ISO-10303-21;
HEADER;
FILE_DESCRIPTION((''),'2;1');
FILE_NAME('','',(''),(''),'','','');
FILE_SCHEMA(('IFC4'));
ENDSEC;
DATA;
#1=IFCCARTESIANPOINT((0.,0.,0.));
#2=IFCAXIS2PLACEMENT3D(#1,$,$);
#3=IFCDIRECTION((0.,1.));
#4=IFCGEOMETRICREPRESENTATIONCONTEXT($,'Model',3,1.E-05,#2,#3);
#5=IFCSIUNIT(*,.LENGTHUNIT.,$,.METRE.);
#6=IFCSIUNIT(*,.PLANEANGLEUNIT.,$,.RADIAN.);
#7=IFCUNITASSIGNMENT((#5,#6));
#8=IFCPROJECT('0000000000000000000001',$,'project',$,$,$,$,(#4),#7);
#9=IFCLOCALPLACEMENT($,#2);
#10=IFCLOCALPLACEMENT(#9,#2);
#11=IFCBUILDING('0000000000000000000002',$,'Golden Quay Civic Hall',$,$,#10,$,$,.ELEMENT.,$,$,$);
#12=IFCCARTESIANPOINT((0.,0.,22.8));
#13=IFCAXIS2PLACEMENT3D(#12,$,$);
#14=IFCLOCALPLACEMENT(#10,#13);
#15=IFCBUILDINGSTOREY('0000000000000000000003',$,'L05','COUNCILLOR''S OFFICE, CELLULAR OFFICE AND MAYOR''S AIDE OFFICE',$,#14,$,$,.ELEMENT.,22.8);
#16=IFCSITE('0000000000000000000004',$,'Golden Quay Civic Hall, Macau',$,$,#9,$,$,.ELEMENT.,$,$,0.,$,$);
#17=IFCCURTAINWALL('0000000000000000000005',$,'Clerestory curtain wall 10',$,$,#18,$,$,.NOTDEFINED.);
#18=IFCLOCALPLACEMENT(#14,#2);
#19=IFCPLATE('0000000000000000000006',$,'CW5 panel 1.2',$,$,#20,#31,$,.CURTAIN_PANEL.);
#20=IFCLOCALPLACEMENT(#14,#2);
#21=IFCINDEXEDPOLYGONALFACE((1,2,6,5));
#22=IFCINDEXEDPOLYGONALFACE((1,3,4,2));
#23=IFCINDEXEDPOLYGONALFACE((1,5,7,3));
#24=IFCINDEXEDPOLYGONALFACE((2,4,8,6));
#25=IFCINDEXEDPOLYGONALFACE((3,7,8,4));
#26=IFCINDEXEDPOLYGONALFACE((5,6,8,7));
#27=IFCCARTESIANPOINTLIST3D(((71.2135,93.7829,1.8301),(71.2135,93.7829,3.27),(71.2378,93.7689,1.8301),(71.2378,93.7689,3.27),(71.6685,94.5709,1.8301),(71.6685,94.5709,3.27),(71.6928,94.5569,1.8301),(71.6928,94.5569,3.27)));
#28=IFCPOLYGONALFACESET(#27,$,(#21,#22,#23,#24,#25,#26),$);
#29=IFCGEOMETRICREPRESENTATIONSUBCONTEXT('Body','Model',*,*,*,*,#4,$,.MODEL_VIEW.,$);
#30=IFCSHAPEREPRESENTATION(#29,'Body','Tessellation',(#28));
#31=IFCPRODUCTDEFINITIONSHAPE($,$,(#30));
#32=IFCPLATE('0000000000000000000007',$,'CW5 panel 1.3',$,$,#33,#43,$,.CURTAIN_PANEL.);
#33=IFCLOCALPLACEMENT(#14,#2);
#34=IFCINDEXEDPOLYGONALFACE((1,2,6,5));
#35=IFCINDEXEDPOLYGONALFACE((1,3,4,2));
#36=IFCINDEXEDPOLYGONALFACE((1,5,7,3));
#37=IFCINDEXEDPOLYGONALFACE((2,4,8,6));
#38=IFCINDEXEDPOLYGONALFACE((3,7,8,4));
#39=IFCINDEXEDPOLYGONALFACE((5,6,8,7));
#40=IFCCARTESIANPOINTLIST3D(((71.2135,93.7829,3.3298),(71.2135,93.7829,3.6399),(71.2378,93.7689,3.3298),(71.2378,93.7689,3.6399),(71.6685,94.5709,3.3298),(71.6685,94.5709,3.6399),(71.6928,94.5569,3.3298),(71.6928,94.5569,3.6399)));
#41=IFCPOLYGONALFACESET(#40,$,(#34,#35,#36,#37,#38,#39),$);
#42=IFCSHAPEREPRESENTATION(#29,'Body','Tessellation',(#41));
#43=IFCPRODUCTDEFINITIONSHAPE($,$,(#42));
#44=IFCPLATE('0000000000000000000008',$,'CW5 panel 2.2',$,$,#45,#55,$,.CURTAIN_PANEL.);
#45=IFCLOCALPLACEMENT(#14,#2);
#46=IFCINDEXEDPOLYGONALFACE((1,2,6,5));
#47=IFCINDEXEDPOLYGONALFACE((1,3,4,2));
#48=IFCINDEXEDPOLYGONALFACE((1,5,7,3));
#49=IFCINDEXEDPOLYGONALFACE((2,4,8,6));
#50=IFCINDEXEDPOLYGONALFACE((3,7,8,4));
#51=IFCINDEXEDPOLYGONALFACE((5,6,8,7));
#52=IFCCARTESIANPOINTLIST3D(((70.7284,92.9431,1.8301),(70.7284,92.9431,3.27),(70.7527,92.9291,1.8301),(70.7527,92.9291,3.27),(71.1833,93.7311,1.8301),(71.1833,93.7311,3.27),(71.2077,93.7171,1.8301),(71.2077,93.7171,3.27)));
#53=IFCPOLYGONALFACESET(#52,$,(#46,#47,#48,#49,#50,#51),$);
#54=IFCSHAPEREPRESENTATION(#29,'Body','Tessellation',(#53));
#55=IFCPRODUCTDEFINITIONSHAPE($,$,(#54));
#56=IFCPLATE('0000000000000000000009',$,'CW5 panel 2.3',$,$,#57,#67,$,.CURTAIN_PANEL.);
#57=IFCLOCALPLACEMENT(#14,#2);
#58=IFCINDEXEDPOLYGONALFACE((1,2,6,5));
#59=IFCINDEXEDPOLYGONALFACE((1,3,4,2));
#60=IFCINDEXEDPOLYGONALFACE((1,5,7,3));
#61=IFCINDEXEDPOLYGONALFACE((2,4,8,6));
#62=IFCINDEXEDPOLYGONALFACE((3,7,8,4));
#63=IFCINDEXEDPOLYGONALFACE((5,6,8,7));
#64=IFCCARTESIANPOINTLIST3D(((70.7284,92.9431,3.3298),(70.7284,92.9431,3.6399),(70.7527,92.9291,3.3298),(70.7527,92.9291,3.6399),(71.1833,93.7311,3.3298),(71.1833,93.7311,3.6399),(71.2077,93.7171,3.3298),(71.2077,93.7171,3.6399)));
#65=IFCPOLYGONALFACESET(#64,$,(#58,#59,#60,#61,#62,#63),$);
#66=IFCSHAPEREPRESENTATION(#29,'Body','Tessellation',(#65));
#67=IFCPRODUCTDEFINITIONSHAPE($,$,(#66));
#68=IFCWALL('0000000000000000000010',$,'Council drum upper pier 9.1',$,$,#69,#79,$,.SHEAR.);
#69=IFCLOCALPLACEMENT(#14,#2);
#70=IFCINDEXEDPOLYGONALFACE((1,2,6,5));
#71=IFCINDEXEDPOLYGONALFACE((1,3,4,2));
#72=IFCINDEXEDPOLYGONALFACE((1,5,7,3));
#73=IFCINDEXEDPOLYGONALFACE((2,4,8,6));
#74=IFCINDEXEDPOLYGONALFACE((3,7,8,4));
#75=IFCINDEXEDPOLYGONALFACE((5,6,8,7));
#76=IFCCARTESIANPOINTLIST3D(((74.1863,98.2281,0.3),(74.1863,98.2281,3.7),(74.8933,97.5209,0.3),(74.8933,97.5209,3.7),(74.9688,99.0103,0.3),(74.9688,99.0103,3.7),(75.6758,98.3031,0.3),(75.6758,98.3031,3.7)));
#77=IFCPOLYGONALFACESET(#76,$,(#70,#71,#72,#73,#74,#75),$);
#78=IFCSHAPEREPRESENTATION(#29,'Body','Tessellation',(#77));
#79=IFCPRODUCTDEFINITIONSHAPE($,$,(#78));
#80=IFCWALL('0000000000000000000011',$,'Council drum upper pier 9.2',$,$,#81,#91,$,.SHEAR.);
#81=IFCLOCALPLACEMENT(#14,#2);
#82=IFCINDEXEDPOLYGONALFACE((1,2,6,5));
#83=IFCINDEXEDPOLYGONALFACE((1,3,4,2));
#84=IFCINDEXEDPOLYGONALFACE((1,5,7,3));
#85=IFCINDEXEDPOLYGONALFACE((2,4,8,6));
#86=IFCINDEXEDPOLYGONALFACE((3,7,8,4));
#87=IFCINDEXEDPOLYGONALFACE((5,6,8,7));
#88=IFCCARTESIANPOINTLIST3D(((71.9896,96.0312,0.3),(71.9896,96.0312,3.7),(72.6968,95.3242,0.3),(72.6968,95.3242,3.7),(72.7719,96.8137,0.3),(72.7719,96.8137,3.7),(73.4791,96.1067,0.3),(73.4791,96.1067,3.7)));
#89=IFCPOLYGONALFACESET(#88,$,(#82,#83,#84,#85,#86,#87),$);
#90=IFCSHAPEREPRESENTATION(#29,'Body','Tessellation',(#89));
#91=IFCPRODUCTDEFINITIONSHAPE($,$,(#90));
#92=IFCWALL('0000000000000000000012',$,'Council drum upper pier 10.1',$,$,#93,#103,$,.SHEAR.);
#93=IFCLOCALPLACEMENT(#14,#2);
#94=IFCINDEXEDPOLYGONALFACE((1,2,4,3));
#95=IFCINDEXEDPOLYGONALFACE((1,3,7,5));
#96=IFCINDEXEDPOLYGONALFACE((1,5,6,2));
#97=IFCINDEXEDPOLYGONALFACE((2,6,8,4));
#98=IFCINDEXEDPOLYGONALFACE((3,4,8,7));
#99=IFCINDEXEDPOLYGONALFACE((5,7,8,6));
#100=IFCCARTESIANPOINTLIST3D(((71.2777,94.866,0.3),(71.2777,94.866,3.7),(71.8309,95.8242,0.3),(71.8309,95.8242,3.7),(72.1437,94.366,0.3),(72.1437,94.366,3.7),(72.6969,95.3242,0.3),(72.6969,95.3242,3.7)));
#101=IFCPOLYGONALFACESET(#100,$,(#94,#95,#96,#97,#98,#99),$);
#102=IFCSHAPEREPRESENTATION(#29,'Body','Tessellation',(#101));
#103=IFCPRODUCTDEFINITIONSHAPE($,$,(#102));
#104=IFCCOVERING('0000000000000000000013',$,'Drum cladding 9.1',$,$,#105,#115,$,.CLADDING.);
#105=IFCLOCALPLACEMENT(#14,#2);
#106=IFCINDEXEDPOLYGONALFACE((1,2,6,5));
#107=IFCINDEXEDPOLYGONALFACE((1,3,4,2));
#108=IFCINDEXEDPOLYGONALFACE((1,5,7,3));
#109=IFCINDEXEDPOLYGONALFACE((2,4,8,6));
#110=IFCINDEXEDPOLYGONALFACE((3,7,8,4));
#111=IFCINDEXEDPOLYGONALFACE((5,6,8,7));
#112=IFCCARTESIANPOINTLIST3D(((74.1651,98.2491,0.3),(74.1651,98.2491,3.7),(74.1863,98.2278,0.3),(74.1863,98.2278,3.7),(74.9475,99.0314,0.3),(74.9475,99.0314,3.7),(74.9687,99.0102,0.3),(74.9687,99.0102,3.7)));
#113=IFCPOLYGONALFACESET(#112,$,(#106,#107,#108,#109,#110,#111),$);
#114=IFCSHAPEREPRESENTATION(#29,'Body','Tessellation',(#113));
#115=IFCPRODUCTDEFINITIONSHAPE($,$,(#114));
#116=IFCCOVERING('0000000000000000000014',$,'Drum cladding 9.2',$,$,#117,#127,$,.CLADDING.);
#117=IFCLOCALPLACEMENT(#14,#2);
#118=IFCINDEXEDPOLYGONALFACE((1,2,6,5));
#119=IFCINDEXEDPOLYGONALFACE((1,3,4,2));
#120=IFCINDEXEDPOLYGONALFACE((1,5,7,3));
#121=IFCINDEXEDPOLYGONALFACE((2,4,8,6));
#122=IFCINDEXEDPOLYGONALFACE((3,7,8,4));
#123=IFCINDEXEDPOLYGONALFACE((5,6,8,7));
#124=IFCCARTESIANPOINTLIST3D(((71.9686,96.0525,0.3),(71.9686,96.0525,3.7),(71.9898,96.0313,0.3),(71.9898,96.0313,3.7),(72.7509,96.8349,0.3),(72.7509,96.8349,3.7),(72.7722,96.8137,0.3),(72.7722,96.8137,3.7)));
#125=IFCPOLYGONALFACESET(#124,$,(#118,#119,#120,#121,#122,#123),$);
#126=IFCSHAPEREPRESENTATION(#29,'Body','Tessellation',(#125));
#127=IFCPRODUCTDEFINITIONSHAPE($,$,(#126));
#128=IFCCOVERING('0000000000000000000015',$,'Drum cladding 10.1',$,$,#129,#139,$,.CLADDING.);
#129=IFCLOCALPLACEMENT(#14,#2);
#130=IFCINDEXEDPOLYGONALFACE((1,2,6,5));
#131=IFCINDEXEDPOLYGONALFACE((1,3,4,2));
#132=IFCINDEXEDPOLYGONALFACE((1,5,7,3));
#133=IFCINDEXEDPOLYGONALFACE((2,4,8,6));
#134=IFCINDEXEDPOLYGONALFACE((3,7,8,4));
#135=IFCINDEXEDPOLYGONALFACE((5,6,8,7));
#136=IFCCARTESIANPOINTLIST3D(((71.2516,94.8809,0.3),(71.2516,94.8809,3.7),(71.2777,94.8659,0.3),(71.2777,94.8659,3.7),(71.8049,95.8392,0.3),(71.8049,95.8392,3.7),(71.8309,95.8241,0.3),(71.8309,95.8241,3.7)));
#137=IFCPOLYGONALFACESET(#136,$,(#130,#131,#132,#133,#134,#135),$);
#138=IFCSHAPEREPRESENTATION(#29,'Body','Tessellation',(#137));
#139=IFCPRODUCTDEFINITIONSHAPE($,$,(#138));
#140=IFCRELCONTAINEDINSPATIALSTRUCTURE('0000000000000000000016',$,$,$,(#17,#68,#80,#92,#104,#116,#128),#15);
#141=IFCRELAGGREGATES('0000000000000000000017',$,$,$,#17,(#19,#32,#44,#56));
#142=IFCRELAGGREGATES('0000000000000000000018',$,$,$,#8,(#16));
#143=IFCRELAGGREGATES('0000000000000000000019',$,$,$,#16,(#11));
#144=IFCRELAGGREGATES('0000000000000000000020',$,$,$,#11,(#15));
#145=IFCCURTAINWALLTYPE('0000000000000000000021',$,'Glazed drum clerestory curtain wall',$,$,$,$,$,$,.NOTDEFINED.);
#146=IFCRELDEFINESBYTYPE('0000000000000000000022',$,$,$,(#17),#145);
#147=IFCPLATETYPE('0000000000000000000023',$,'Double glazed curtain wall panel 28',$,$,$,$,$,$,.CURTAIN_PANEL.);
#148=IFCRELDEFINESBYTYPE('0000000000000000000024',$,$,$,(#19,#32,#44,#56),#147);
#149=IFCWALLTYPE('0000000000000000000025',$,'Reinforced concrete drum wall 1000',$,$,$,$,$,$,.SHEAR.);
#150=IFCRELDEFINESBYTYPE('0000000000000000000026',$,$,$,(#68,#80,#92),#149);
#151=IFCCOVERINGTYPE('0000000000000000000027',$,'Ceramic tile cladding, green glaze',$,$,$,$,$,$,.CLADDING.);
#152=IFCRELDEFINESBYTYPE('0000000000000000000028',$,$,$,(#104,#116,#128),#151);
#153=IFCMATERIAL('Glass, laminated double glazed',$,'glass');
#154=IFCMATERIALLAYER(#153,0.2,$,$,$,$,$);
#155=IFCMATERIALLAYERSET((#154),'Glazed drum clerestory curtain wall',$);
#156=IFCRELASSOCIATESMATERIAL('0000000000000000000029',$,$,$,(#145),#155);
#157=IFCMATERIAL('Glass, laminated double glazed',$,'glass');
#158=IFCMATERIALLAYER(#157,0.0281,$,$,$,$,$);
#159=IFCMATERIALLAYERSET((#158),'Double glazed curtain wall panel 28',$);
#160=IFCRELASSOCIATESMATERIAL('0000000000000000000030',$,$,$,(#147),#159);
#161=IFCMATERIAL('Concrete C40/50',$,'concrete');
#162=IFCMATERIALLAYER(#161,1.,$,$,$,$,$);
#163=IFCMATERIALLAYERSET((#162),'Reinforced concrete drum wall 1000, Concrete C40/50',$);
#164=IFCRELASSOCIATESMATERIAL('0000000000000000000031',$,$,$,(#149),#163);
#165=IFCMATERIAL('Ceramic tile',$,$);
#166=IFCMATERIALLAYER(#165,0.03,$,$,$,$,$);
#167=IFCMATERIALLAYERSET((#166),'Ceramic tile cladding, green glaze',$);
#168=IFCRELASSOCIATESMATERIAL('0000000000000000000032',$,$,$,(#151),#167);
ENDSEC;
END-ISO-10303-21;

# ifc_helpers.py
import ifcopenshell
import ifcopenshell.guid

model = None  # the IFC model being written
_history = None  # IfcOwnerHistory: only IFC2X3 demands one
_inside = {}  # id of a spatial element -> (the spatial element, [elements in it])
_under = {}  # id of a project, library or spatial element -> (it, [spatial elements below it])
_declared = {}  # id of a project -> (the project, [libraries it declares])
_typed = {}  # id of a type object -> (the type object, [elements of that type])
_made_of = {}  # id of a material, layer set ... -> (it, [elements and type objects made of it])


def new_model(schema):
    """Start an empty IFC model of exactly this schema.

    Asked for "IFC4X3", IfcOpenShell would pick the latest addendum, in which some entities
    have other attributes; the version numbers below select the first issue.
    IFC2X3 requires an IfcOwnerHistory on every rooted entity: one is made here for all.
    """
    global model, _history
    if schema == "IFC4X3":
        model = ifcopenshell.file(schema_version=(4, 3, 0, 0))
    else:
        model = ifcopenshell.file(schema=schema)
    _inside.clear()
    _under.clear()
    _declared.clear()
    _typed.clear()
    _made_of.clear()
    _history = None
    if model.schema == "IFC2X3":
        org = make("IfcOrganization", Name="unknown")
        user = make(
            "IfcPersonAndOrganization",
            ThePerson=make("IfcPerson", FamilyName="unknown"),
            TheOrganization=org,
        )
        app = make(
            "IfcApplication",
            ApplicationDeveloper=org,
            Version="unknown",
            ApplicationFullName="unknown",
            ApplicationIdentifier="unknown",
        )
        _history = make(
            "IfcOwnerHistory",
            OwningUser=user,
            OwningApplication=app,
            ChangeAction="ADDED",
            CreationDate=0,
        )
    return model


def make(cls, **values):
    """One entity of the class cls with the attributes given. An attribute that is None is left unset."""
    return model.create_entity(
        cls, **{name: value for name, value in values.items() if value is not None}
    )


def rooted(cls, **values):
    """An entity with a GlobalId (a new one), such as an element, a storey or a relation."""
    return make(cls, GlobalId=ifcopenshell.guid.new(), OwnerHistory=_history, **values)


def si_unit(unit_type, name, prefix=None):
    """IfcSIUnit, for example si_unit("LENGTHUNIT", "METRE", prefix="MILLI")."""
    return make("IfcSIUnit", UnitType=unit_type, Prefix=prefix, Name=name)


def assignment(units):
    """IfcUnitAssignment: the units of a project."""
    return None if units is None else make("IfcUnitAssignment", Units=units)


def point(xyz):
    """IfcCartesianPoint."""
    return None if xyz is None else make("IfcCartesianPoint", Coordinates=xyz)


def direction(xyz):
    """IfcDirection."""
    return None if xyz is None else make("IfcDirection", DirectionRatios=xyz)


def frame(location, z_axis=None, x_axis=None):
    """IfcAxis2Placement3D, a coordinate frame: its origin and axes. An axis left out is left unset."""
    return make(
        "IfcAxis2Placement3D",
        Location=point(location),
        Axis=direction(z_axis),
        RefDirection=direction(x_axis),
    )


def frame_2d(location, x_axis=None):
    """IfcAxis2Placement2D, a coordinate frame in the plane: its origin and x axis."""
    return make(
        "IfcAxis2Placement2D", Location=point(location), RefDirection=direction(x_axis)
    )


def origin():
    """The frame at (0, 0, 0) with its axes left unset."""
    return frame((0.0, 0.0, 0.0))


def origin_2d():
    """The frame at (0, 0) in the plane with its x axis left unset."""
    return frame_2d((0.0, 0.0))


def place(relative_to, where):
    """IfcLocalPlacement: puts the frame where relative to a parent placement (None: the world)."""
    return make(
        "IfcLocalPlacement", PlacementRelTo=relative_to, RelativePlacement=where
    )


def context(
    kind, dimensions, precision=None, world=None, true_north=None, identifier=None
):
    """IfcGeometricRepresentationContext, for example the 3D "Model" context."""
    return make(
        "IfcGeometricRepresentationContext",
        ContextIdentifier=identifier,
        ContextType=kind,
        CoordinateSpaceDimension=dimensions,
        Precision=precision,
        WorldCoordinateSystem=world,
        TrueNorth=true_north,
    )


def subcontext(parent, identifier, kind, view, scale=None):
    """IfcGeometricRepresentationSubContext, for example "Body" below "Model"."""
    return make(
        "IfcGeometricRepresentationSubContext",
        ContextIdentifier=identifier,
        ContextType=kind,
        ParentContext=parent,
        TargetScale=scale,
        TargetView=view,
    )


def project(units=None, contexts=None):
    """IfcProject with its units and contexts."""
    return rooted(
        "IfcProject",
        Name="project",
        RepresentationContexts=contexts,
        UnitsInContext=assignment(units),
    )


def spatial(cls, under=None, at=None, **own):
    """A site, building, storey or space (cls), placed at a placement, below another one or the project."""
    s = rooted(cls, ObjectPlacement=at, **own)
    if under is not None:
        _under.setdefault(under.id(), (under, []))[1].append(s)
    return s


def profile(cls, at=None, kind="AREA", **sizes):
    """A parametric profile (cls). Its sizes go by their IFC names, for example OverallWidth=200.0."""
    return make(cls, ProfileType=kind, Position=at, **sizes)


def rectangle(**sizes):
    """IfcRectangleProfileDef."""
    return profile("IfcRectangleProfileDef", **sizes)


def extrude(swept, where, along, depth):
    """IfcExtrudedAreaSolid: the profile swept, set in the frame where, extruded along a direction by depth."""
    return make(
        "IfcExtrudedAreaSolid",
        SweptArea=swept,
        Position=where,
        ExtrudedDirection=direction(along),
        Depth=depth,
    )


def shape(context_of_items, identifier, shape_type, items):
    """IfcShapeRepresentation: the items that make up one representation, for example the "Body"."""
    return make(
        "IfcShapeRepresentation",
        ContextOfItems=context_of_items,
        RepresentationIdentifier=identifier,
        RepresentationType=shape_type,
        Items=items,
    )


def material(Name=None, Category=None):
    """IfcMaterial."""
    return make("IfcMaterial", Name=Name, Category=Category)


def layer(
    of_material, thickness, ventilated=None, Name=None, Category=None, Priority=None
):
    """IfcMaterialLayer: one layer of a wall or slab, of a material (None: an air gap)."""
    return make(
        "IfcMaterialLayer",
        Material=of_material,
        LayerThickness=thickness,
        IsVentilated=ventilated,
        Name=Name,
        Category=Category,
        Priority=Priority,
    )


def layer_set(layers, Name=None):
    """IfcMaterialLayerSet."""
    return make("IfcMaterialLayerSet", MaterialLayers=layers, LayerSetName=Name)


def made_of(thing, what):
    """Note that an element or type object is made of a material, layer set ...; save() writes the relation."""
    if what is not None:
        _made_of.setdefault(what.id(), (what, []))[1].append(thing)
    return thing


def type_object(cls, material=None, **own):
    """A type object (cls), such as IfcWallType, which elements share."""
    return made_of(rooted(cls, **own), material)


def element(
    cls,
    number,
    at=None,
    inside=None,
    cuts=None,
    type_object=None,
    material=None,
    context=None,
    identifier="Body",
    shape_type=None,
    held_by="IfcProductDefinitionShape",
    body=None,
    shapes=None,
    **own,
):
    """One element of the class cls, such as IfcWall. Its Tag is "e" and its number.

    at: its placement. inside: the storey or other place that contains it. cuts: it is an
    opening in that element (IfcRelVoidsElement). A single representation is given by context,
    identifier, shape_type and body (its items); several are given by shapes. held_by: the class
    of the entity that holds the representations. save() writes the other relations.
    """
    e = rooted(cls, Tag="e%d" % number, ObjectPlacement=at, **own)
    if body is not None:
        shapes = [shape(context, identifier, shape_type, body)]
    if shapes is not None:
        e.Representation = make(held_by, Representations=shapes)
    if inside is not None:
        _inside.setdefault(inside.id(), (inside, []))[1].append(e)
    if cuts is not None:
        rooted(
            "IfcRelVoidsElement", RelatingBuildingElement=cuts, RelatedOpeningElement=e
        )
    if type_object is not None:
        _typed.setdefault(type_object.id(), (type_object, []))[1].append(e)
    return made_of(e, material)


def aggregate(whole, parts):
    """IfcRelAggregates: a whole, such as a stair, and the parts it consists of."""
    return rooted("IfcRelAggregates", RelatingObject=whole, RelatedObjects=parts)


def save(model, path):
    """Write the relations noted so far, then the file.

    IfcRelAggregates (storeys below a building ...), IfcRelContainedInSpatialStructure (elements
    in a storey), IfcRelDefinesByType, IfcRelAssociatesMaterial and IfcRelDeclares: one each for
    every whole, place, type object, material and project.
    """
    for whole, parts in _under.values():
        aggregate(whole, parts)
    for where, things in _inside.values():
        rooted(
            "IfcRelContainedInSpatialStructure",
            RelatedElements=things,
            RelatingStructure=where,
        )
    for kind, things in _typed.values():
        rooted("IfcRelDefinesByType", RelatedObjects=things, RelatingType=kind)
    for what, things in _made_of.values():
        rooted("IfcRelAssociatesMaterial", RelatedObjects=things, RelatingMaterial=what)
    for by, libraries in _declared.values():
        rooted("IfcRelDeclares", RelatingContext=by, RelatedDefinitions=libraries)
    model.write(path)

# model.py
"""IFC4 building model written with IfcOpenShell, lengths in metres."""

from ifc_helpers import new_model, si_unit, direction, frame, frame_2d, origin, origin_2d, place, context, subcontext, project, spatial, rectangle, extrude, material, layer, layer_set, type_object, element, aggregate, save


model = new_model("IFC4")

# Units and contexts
model_context = context("Model", 3, precision=1e-05, world=origin(), true_north=direction((0.0, 1.0)))
body_context = subcontext(model_context, "Body", "Model", "MODEL_VIEW")
ifc_project = project(units=[si_unit("LENGTHUNIT", "METRE"), si_unit("PLANEANGLEUNIT", "RADIAN")], contexts=[model_context])

# Site, building, storey
site_placement = place(None, origin())
site = spatial("IfcSite", under=ifc_project, at=site_placement, Name="Golden Quay Civic Hall, Macau", CompositionType="ELEMENT", RefElevation=0.0)
building_placement = place(site_placement, origin())
building = spatial("IfcBuilding", under=site, at=building_placement, Name="Golden Quay Civic Hall", CompositionType="ELEMENT")
storey_placement = place(building_placement, frame((0.0, 0.0, 22.8)))
storey = spatial("IfcBuildingStorey", under=building, at=storey_placement, Name="L05", Description="COUNCILLOR'S OFFICE, CELLULAR OFFICE AND MAYOR'S AIDE OFFICE", CompositionType="ELEMENT", Elevation=22.8)

# Curtain wall
ifc_material_1 = material(Name="Glass, laminated double glazed", Category="glass")
ifc_layer_1 = layer(ifc_material_1, 0.2)
ifc_layer_set_1 = layer_set([ifc_layer_1], Name="Glazed drum clerestory curtain wall")
curtain_wall_type = type_object("IfcCurtainWallType", Name="Glazed drum clerestory curtain wall", PredefinedType="NOTDEFINED", material=ifc_layer_set_1)
curtain_wall_1_placement = place(storey_placement, origin())
curtain_wall_1 = element("IfcCurtainWall", 1, at=curtain_wall_1_placement, inside=storey, type_object=curtain_wall_type, Name="Clerestory curtain wall 10", PredefinedType="NOTDEFINED")

# Plates
ifc_material_2 = material(Name="Glass, laminated double glazed", Category="glass")
ifc_layer_2 = layer(ifc_material_2, 0.0281)
ifc_layer_set_2 = layer_set([ifc_layer_2], Name="Double glazed curtain wall panel 28")
plate_type = type_object("IfcPlateType", Name="Double glazed curtain wall panel 28", PredefinedType="CURTAIN_PANEL", material=ifc_layer_set_2)
plate_1_placement = place(storey_placement, frame((71.4531, 94.1699, 1.8301), z_axis=(0.0, 0.0, 1.0), x_axis=(-0.500011, -0.866019, 0.0)))
plate_1 = element("IfcPlate", 2, at=plate_1_placement, type_object=plate_type, Name="CW5 panel 1.2", PredefinedType="CURTAIN_PANEL", context=body_context, shape_type="SweptSolid", body=[
    extrude(rectangle(XDim=0.9099, YDim=0.0281, at=origin_2d()), origin(), (0.0, 0.0, 1.0), 1.4399),
])
plate_2_placement = place(storey_placement, frame((71.4531, 94.1699, 3.3298), z_axis=(0.0, 0.0, 1.0), x_axis=(-0.500011, -0.866019, 0.0)))
plate_2 = element("IfcPlate", 3, at=plate_2_placement, type_object=plate_type, Name="CW5 panel 1.3", PredefinedType="CURTAIN_PANEL", context=body_context, shape_type="SweptSolid", body=[
    extrude(rectangle(XDim=0.9099, YDim=0.0281, at=origin_2d()), origin(), (0.0, 0.0, 1.0), 0.3101),
])
plate_3_placement = place(storey_placement, frame((70.968, 93.3301, 1.8301), z_axis=(0.0, 0.0, 1.0), x_axis=(-0.500011, -0.866019, 0.0)))
plate_3 = element("IfcPlate", 4, at=plate_3_placement, type_object=plate_type, Name="CW5 panel 2.2", PredefinedType="CURTAIN_PANEL", context=body_context, shape_type="SweptSolid", body=[
    extrude(rectangle(XDim=0.9099, YDim=0.0281, at=origin_2d()), origin(), (0.0, 0.0, 1.0), 1.4399),
])
plate_4_placement = place(storey_placement, frame((70.968, 93.3301, 3.3298), z_axis=(0.0, 0.0, 1.0), x_axis=(-0.500011, -0.866019, 0.0)))
plate_4 = element("IfcPlate", 5, at=plate_4_placement, type_object=plate_type, Name="CW5 panel 2.3", PredefinedType="CURTAIN_PANEL", context=body_context, shape_type="SweptSolid", body=[
    extrude(rectangle(XDim=0.9099, YDim=0.0281, at=origin_2d()), origin(), (0.0, 0.0, 1.0), 0.3101),
])
aggregate(curtain_wall_1, [plate_1, plate_2, plate_3, plate_4])

# Walls
ifc_material_3 = material(Name="Concrete C40/50", Category="concrete")
ifc_layer_3 = layer(ifc_material_3, 1.0)
ifc_layer_set_3 = layer_set([ifc_layer_3], Name="Reinforced concrete drum wall 1000, Concrete C40/50")
wall_type = type_object("IfcWallType", Name="Reinforced concrete drum wall 1000", PredefinedType="SHEAR", material=ifc_layer_set_3)
for number, where, z_axis, x_axis, name in (
    (6, (75.3223, 98.6567, 0.3), (0.0, 0.0, 1.0), (-0.707217, -0.706996, 0.0), "Council drum upper pier 9.1"),
    (7, (73.1255, 96.4602, 0.3), (0.0, 0.0, 1.0), (-0.706996, -0.707217, 0.0), "Council drum upper pier 9.2"),
    (8, (72.2639, 95.5742, 0.3), (0.0, 0.0, 1.0), (-0.499983, -0.866035, 0.0), "Council drum upper pier 10.1"),
):
    element("IfcWall", number, at=place(storey_placement, frame(where, z_axis=z_axis, x_axis=x_axis)), inside=storey, type_object=wall_type, Name=name, PredefinedType="SHEAR", context=body_context, shape_type="SweptSolid", body=[
        extrude(rectangle(XDim=1.1064, YDim=1.0, at=frame_2d((0.5532, 0.0))), origin(), (0.0, 0.0, 1.0), 3.3999),
    ])

# Coverings
ifc_material_4 = material(Name="Ceramic tile")
ifc_layer_4 = layer(ifc_material_4, 0.03)
ifc_layer_set_4 = layer_set([ifc_layer_4], Name="Ceramic tile cladding, green glaze")
covering_type = type_object("IfcCoveringType", Name="Ceramic tile cladding, green glaze", PredefinedType="CLADDING", material=ifc_layer_set_4)
for number, where, z_axis, x_axis, name in (
    (9, (74.5669, 98.6296, 0.3), (0.0, 0.0, 1.0), (-0.707107, -0.707107, 0.0), "Drum cladding 9.1"),
    (10, (72.3704, 96.4331, 0.3), (0.0, 0.0, 1.0), (-0.707107, -0.707107, 0.0), "Drum cladding 9.2"),
    (11, (71.5413, 95.3525, 0.3), (0.0, 0.0, 1.0), (-0.5, -0.866025, 0.0), "Drum cladding 10.1"),
):
    element("IfcCovering", number, at=place(storey_placement, frame(where, z_axis=z_axis, x_axis=x_axis)), inside=storey, type_object=covering_type, Name=name, PredefinedType="CLADDING", context=body_context, shape_type="SweptSolid", body=[
        extrude(rectangle(XDim=1.1064, YDim=0.03, at=origin_2d()), origin(), (0.0, 0.0, 1.0), 3.3999),
    ])

save(model, "model.ifc")
